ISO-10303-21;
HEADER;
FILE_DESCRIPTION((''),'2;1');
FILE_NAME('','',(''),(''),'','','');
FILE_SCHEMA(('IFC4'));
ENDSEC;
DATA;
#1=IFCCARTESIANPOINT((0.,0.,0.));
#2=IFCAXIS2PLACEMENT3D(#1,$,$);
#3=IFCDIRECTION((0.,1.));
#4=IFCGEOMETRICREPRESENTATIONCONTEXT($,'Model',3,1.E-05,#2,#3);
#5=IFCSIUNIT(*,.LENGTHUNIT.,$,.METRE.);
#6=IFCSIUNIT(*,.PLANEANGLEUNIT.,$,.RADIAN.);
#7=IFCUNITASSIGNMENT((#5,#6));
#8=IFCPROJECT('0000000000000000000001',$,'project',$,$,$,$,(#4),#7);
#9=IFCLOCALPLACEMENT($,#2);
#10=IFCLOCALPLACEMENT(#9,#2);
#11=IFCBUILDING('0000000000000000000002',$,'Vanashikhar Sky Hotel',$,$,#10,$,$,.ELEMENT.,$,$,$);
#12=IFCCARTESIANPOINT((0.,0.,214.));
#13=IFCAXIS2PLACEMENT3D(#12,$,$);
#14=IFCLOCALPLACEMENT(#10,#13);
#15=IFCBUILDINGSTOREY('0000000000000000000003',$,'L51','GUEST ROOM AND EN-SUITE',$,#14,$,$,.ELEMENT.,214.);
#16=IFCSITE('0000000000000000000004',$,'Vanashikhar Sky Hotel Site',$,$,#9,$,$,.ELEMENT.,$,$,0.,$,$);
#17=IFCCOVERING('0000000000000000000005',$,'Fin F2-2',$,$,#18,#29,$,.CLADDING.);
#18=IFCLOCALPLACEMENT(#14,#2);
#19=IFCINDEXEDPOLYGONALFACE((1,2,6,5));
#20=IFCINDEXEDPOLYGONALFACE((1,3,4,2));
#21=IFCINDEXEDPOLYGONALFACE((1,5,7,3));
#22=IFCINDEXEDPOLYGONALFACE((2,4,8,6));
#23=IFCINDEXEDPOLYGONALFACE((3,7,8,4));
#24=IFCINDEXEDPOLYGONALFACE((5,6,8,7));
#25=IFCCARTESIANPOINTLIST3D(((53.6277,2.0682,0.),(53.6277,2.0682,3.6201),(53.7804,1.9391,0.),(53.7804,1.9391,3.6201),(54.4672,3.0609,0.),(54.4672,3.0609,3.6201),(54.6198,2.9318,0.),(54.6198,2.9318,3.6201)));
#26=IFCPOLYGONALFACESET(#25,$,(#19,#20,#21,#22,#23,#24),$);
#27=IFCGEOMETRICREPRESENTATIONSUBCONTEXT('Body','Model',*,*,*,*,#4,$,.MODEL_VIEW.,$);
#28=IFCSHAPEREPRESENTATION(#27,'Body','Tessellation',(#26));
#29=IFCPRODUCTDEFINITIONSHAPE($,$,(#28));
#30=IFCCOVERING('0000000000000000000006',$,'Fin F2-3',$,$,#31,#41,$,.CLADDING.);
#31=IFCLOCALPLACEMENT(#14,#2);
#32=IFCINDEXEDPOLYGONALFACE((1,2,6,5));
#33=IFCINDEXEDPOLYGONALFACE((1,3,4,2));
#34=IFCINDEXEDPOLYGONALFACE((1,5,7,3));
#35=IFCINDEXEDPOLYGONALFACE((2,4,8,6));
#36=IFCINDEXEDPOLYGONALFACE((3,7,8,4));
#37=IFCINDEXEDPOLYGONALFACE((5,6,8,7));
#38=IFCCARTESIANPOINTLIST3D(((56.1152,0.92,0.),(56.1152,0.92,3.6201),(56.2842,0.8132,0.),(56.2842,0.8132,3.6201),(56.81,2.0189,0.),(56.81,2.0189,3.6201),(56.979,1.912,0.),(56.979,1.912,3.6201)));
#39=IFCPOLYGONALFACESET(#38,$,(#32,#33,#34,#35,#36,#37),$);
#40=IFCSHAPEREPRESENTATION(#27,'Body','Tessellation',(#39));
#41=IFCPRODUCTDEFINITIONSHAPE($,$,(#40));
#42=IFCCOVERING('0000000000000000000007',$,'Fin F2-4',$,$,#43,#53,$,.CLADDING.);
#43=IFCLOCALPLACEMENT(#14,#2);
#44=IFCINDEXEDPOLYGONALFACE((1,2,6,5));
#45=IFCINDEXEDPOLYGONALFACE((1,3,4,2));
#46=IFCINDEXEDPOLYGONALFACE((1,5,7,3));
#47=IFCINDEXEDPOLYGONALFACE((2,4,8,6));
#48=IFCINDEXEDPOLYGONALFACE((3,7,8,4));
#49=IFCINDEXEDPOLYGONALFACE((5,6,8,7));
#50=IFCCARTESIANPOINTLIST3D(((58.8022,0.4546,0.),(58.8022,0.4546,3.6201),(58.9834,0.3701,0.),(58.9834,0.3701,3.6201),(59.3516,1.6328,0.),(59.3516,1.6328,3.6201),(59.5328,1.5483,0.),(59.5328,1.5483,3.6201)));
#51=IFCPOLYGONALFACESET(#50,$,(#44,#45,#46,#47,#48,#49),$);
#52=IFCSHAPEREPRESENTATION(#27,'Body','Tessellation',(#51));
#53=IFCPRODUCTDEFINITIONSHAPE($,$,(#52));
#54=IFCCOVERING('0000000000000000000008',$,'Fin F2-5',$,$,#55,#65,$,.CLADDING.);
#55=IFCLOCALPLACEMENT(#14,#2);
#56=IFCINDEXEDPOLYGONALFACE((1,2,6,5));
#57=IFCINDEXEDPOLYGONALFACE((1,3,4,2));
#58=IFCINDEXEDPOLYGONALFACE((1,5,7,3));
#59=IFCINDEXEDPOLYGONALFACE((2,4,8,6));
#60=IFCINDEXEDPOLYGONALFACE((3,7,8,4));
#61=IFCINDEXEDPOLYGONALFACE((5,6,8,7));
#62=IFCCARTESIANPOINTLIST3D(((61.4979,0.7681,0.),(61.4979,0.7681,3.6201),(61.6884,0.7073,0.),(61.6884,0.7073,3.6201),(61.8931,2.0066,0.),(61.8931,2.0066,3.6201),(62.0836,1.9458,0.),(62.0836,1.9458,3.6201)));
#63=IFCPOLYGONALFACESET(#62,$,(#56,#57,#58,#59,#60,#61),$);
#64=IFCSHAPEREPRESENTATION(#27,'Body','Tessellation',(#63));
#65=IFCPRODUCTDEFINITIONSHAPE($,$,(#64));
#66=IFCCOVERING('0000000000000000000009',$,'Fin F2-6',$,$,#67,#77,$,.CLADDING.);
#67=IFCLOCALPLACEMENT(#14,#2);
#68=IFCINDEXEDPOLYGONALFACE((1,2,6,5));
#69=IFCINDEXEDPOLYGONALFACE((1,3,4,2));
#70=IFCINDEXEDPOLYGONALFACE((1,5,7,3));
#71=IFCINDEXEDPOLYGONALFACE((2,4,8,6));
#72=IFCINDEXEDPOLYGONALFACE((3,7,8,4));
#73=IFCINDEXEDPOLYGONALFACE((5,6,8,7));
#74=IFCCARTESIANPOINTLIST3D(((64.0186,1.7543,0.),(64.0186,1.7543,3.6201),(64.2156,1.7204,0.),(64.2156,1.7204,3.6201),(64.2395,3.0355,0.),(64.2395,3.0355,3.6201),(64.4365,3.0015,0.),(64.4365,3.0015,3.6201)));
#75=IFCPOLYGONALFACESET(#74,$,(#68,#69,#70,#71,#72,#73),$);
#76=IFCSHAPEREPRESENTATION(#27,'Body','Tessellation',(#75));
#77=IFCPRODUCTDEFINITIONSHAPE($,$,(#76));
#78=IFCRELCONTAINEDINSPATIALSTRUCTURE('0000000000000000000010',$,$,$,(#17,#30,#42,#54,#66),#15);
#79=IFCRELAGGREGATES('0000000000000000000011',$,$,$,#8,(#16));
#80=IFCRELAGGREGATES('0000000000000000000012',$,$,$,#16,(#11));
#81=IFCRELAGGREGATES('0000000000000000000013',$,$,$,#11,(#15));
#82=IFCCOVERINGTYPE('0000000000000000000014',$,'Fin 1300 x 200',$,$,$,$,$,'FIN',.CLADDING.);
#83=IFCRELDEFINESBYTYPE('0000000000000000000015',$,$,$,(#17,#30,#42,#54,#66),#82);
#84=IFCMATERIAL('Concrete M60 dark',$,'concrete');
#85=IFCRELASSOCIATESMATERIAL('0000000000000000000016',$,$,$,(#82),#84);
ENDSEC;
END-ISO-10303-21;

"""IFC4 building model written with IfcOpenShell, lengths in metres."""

from ifc_helpers import new_model, si_unit, direction, frame, origin, origin_2d, place, context, subcontext, project, spatial, rectangle, extrude, source, transform, mapped, material, material_profile, profile_set, type_object, element, save


model = new_model("IFC4")

# Units and contexts
model_context = context("Model", 3, precision=1e-05, world=origin(), true_north=direction((0.0, 1.0)))
body_context = subcontext(model_context, "Body", "Model", "MODEL_VIEW")
ifc_project = project(units=[si_unit("LENGTHUNIT", "METRE"), si_unit("PLANEANGLEUNIT", "RADIAN")], contexts=[model_context])

# Site, building, storey
site_placement = place(None, origin())
site = spatial("IfcSite", under=ifc_project, at=site_placement, Name="Vanashikhar Sky Hotel Site", CompositionType="ELEMENT", RefElevation=0.0)
building_placement = place(site_placement, origin())
building = spatial("IfcBuilding", under=site, at=building_placement, Name="Vanashikhar Sky Hotel", CompositionType="ELEMENT")
storey_placement = place(building_placement, frame((0.0, 0.0, 214.0)))
storey = spatial("IfcBuildingStorey", under=building, at=storey_placement, Name="L51", Description="GUEST ROOM AND EN-SUITE", CompositionType="ELEMENT", Elevation=214.0)

# Coverings
ifc_material_1 = material(Name="Concrete M60 dark", Category="concrete")
ifc_material_profile = material_profile(ifc_material_1, rectangle(XDim=1.3, YDim=0.2, at=origin_2d()))
ifc_profile_set = profile_set([ifc_material_profile], Name="Fin 1300 x 200")
covering_type = type_object("IfcCoveringType", Name="Fin 1300 x 200", ElementType="FIN", PredefinedType="CLADDING", material=ifc_profile_set)
shared_shape_1 = source(origin(), body_context, "Body", "SweptSolid", [
    extrude(rectangle(XDim=1.3, YDim=0.2, at=origin_2d()), origin(), (0.0, 0.0, 1.0), 3.6201),
])
for number, where, z_axis, x_axis, name in (
    (1, (54.1238, 2.5, 0.0), (0.0, 0.0, 1.0), (-0.645698, -0.763593, 0.0), "Fin F2-2"),
    (2, (56.5471, 1.416, 0.0), (0.0, 0.0, 1.0), (-0.534411, -0.845225, 0.0), "Fin F2-3"),
    (3, (59.1675, 1.0015, 0.0), (0.0, 0.0, 1.0), (-0.422618, -0.906308, 0.0), "Fin F2-4"),
    (4, (61.7908, 1.3569, 0.0), (0.0, 0.0, 1.0), (-0.303967, -0.952683, 0.0), "Fin F2-5"),
    (5, (64.2275, 2.3779, 0.0), (0.0, 0.0, 1.0), (-0.1699, -0.985461, 0.0), "Fin F2-6"),
):
    element("IfcCovering", number, at=place(storey_placement, frame(where, z_axis=z_axis, x_axis=x_axis)), inside=storey, type_object=covering_type, Name=name, PredefinedType="CLADDING", context=body_context, shape_type="MappedRepresentation", body=[
        mapped(shared_shape_1, transform((0.0, 0.0, 0.0), scale=1.0)),
    ])

save(model, "model.ifc")
